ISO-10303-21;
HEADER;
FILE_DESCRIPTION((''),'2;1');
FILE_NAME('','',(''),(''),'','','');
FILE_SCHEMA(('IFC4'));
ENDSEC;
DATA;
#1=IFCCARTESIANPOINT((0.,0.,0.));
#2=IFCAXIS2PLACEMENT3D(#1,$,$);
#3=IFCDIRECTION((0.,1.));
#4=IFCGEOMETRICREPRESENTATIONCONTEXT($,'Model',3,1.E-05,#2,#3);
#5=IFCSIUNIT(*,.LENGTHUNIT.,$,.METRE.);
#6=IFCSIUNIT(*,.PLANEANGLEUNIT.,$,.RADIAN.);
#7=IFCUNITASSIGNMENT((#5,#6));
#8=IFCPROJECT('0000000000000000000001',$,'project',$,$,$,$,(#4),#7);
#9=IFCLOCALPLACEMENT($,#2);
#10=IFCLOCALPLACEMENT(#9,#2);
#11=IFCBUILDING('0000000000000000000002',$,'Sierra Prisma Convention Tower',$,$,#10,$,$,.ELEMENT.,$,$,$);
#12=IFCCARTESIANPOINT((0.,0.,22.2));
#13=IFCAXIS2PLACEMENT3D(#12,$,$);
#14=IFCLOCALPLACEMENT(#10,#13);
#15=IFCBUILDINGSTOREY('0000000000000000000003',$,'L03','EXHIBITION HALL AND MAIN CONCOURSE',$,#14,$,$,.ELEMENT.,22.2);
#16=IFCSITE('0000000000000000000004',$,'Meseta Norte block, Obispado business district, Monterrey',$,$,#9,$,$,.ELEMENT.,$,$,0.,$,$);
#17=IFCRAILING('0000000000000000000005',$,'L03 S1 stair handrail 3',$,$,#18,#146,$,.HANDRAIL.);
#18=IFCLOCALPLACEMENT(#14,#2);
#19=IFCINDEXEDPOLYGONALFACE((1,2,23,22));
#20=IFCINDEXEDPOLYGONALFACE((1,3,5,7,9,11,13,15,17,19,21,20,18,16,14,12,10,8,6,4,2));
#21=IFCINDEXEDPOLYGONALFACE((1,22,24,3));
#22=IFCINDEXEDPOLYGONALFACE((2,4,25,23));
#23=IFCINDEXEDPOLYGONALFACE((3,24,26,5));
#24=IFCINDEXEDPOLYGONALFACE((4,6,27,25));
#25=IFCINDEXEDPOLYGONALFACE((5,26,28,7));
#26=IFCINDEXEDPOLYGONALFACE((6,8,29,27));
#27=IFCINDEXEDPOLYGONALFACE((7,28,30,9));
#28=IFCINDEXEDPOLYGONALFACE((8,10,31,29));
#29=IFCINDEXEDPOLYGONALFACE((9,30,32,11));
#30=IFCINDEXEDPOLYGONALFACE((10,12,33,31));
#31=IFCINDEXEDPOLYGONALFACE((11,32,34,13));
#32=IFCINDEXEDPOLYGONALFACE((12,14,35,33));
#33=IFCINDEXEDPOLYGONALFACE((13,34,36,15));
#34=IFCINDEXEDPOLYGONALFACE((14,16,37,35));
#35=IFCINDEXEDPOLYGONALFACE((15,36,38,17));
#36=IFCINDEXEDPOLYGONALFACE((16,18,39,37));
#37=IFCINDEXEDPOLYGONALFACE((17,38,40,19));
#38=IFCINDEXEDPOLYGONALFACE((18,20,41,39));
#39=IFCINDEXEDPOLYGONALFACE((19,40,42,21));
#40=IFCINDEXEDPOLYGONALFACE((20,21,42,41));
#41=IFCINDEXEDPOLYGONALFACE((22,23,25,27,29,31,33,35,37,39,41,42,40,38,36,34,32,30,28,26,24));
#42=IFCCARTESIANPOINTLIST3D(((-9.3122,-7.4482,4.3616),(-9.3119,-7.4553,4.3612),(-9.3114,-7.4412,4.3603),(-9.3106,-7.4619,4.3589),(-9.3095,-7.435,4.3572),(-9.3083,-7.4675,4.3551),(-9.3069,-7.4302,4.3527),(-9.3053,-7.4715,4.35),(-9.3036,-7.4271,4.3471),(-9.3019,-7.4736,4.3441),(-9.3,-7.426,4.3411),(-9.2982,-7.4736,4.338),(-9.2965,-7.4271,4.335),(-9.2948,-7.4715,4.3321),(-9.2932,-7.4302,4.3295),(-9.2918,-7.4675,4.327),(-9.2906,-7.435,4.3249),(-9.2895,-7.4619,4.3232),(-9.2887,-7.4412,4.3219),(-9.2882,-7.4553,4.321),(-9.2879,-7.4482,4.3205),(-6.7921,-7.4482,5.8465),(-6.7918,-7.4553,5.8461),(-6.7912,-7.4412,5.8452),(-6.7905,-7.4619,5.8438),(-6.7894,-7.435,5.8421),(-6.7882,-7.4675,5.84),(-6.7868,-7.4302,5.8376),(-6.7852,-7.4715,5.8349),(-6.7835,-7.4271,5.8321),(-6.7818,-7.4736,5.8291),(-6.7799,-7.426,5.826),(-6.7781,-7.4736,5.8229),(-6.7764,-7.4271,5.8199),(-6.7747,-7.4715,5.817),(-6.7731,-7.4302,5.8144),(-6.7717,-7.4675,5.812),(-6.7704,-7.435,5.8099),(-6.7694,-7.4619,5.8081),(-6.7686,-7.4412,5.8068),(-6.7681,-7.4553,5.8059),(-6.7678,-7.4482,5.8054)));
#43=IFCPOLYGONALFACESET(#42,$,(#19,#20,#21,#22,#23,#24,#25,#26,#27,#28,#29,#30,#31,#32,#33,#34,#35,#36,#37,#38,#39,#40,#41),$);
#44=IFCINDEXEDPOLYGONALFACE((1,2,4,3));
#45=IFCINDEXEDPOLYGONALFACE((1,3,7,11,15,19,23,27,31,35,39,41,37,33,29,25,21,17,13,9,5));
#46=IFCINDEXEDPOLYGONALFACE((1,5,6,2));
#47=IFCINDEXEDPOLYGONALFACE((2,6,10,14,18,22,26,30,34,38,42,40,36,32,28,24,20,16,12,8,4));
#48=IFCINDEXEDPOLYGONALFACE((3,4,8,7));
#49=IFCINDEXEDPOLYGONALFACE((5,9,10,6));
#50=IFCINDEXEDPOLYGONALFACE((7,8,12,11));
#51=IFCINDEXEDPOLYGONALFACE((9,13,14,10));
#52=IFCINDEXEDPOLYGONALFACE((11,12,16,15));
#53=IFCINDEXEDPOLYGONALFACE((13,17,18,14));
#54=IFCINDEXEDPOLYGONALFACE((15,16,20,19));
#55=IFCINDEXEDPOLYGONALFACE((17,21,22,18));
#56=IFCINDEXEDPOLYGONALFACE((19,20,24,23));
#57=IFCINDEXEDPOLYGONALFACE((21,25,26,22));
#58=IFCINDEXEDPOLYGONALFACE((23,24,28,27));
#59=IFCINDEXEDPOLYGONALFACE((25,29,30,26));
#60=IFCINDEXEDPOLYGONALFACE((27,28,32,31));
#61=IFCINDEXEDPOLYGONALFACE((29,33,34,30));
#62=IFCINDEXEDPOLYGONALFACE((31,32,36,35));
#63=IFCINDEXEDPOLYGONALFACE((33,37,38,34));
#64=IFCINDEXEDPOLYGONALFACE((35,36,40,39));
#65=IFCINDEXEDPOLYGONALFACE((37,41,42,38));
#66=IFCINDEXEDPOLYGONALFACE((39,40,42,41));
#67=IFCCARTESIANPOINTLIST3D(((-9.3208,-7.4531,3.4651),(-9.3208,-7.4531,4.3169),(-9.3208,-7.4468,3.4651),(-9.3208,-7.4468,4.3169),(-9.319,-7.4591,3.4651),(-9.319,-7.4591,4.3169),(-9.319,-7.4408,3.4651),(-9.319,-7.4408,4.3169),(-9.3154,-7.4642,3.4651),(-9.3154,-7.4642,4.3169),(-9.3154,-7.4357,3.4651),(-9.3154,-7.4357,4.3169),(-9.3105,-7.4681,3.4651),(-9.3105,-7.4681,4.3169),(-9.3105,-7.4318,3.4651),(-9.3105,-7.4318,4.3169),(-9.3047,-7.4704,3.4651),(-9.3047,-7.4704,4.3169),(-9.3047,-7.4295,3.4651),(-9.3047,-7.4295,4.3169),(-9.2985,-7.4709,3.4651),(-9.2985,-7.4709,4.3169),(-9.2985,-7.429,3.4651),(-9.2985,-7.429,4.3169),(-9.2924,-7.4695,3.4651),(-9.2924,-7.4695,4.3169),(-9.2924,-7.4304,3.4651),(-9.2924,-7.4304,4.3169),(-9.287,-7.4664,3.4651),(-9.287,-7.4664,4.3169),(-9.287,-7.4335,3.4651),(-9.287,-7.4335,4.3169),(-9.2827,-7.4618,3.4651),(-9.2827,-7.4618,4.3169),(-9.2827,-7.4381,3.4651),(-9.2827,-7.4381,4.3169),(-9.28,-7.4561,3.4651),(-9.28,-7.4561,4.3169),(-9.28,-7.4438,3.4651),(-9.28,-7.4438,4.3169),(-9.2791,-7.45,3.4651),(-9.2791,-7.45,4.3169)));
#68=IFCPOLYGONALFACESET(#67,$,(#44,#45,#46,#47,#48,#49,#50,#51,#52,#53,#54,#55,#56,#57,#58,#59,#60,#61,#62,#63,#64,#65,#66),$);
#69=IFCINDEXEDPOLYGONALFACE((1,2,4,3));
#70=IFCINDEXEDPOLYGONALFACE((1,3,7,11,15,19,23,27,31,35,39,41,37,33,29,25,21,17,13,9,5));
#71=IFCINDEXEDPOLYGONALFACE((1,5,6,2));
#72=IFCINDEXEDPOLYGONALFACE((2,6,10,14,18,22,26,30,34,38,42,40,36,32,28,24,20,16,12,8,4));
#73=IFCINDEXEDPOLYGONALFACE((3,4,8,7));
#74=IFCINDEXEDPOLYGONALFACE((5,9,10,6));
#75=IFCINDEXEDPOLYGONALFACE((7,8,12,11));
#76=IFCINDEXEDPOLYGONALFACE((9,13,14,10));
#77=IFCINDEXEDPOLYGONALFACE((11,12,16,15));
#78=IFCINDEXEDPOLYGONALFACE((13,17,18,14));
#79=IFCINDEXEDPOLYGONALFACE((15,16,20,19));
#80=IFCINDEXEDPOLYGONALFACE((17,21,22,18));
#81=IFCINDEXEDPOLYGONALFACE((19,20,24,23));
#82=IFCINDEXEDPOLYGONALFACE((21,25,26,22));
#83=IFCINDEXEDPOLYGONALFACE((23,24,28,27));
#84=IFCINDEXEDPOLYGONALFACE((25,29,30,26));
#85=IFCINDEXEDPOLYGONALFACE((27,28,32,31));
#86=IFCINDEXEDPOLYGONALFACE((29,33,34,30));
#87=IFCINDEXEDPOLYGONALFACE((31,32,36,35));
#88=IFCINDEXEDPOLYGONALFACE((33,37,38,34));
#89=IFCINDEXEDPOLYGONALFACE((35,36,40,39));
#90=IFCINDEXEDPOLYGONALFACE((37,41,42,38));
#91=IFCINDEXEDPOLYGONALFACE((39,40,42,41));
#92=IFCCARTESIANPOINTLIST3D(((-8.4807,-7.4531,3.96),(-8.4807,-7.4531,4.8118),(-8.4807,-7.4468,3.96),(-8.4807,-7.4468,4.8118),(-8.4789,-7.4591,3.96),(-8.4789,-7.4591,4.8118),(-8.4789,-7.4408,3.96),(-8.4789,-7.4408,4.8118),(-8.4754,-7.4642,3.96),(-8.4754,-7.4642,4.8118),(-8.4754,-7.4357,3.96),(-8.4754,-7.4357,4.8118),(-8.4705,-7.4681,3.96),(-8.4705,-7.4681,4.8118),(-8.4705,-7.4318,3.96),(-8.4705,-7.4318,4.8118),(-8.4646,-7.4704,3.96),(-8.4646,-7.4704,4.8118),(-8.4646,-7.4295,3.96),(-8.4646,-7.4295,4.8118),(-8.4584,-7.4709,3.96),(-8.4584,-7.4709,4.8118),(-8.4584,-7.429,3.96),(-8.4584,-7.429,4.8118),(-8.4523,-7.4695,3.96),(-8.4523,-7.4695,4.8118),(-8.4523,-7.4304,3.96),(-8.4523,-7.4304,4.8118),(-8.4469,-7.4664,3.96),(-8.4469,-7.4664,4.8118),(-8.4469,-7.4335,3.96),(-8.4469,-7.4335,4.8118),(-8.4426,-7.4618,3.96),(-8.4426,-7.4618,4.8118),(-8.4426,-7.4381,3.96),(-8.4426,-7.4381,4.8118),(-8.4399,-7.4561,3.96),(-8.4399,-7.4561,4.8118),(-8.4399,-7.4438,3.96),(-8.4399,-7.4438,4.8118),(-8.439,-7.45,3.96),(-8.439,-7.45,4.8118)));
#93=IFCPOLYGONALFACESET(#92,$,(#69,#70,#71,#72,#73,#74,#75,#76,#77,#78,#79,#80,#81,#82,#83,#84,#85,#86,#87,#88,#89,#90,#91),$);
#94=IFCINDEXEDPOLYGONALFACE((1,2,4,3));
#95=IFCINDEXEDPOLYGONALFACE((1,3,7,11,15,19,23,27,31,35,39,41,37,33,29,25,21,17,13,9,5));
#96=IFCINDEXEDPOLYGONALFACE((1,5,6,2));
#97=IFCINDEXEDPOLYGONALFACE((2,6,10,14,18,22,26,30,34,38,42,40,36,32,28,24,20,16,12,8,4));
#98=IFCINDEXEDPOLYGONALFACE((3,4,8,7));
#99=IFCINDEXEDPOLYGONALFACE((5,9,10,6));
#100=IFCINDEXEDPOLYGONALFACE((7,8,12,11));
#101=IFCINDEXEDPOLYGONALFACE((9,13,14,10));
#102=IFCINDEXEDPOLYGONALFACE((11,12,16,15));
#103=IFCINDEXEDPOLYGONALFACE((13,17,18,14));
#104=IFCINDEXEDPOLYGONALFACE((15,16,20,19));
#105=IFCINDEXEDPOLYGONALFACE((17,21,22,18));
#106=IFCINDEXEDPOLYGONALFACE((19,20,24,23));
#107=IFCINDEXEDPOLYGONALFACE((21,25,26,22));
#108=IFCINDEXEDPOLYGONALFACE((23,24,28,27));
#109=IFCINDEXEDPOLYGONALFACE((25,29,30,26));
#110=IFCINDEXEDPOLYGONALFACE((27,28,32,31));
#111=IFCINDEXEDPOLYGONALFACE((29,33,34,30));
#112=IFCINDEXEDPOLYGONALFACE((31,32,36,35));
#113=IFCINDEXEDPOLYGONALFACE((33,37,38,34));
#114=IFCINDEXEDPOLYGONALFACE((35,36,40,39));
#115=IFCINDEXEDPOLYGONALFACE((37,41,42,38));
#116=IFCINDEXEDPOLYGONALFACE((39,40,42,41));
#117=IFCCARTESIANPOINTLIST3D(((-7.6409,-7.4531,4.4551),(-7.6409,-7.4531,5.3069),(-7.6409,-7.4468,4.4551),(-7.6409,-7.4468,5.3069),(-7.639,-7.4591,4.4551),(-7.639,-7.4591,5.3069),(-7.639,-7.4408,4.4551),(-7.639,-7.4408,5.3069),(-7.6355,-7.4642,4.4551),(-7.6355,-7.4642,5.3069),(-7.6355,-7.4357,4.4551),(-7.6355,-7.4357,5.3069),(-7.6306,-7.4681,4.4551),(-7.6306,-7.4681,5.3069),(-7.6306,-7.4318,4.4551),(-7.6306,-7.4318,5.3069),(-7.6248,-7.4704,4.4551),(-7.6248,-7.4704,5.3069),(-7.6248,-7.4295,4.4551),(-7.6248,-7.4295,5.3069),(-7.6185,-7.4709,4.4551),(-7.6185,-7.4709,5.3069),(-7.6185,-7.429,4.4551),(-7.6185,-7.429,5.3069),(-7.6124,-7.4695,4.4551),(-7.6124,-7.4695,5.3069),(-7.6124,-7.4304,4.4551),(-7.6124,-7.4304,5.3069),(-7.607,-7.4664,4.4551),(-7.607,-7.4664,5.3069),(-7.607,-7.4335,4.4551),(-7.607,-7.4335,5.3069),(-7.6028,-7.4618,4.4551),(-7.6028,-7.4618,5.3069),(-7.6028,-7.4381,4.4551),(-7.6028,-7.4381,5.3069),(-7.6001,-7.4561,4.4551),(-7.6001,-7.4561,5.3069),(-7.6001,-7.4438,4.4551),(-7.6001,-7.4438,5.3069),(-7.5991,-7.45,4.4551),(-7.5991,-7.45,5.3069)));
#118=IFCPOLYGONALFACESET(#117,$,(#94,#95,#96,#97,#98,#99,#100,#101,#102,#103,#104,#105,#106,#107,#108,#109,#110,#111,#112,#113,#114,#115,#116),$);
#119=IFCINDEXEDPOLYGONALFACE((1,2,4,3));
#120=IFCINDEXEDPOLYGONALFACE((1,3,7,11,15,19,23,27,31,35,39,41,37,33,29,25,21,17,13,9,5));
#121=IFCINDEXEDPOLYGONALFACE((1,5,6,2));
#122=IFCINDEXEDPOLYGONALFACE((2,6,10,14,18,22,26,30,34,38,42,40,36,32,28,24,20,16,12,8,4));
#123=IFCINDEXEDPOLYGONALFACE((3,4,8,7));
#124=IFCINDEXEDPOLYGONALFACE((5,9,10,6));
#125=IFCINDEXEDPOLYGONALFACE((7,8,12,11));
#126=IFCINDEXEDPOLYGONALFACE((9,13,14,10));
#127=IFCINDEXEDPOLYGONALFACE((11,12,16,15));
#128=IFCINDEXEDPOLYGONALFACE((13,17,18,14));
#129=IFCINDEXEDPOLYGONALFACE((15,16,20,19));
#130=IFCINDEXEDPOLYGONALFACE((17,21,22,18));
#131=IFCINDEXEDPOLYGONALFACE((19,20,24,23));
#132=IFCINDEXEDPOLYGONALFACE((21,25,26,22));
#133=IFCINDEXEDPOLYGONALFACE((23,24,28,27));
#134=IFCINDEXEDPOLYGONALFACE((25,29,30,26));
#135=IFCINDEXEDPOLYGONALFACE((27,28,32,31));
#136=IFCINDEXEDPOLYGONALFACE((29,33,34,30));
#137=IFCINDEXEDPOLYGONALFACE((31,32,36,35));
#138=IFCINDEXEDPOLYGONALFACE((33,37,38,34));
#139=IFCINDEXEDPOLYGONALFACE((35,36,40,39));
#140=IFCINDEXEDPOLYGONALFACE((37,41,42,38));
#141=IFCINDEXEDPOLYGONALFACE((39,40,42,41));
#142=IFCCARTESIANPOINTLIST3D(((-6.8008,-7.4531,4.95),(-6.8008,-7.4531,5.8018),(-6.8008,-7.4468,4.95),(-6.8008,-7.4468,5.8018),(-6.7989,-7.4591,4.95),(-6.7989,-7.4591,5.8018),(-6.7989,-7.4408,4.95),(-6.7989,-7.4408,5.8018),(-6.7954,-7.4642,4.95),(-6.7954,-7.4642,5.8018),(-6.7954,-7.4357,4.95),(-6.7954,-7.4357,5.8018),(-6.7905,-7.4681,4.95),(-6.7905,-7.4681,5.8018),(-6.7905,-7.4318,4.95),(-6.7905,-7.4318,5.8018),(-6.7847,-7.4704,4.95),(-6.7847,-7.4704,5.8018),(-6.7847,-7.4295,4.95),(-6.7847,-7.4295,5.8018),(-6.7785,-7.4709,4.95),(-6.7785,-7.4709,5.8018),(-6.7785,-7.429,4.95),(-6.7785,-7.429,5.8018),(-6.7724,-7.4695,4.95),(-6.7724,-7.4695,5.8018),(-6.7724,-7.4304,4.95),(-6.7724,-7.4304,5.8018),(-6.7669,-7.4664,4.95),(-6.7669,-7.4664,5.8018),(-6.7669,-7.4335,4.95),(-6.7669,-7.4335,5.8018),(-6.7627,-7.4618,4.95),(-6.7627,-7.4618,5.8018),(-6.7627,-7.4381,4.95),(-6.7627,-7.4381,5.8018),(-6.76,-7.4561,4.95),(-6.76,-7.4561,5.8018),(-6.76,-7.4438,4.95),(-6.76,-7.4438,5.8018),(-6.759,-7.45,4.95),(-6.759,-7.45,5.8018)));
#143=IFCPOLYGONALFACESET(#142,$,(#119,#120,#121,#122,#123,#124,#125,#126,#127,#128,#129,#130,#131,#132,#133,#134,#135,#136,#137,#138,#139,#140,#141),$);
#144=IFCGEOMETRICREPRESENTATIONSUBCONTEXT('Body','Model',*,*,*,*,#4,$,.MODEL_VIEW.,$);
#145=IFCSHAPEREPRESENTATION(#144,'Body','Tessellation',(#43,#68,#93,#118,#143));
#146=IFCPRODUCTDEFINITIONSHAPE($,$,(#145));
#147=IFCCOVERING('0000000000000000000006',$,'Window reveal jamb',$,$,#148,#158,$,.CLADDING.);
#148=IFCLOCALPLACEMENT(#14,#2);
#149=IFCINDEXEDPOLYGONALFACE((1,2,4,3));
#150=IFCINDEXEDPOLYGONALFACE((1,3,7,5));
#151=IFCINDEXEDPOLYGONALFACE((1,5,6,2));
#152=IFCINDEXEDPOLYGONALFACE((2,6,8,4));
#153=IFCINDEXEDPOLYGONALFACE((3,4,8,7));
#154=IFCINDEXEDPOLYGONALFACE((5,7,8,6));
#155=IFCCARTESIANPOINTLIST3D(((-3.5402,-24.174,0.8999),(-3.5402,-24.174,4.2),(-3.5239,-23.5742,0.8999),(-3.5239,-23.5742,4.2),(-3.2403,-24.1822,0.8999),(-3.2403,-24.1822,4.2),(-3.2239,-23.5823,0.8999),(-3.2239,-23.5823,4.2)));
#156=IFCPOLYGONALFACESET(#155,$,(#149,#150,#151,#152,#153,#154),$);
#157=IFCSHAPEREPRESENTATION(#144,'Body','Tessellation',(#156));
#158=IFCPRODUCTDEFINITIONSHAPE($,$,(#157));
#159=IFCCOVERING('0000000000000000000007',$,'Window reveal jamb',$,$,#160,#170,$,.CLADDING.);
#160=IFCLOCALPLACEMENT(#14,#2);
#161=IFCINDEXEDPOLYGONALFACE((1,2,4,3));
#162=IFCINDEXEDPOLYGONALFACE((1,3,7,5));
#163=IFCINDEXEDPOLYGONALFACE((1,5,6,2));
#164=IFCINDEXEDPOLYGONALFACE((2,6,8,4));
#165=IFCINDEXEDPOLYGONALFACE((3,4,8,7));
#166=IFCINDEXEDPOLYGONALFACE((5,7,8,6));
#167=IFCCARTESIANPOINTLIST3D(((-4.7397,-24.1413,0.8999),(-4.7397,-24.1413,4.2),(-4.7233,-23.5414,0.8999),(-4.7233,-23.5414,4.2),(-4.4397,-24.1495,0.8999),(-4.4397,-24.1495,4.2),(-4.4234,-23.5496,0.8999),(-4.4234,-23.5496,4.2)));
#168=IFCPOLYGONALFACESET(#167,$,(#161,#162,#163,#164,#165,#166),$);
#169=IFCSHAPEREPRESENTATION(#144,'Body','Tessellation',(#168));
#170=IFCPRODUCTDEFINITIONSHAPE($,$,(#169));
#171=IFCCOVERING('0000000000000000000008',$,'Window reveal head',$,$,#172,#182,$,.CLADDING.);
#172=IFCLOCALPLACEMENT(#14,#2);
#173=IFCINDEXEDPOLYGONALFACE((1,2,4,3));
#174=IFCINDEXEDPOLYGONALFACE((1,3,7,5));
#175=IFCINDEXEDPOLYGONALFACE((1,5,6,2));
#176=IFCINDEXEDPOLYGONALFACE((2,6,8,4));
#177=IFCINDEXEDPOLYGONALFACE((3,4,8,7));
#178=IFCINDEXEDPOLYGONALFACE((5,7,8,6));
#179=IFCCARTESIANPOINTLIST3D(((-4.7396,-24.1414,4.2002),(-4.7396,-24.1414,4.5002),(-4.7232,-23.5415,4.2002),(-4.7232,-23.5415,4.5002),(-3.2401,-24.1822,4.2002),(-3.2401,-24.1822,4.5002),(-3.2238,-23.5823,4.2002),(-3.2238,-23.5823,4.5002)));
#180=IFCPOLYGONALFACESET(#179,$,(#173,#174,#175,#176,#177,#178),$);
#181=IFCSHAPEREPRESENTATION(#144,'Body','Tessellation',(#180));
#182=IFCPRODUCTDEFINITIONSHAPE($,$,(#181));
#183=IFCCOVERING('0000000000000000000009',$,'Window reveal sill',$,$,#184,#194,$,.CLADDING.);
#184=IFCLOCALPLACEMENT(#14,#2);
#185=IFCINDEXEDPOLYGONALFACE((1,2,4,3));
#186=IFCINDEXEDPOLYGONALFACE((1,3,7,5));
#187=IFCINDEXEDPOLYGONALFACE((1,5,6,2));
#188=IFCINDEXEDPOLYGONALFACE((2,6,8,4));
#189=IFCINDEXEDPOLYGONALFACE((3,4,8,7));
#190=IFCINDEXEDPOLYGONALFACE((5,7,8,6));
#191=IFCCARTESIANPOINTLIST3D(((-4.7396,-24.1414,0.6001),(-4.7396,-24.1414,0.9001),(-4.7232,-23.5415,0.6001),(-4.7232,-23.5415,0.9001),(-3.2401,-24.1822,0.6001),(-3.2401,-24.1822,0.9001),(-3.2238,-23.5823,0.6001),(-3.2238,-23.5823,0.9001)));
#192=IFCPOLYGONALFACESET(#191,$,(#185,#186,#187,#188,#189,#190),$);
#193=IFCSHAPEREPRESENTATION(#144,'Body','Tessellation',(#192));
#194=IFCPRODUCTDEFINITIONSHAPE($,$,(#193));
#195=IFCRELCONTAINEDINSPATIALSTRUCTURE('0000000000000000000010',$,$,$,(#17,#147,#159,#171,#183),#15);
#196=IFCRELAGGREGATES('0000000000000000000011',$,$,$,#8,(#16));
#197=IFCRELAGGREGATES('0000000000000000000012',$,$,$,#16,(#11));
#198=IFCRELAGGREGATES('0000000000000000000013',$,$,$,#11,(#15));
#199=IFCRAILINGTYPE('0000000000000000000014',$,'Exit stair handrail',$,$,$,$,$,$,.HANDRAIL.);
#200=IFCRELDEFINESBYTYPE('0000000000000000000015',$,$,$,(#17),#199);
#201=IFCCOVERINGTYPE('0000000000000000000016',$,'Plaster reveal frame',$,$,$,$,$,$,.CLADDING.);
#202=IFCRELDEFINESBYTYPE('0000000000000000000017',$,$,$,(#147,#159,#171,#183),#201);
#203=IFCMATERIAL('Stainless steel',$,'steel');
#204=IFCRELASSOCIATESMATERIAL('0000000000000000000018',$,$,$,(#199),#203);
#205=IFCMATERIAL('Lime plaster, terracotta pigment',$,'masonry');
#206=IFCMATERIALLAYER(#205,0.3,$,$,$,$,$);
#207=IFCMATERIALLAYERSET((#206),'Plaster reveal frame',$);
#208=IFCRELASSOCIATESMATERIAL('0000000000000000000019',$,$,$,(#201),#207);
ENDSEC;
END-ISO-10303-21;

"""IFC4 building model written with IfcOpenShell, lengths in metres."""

from ifc_helpers import new_model, si_unit, direction, frame, origin, origin_2d, place, context, subcontext, project, spatial, rectangle, circle, extrude, material, layer, layer_set, type_object, element, save


model = new_model("IFC4")

# Units and contexts
model_context = context("Model", 3, precision=1e-05, world=origin(), true_north=direction((0.0, 1.0)))
body_context = subcontext(model_context, "Body", "Model", "MODEL_VIEW")
ifc_project = project(units=[si_unit("LENGTHUNIT", "METRE"), si_unit("PLANEANGLEUNIT", "RADIAN")], contexts=[model_context])

# Site, building, storey
site_placement = place(None, origin())
site = spatial("IfcSite", under=ifc_project, at=site_placement, Name="Meseta Norte block, Obispado business district, Monterrey", CompositionType="ELEMENT", RefElevation=0.0)
building_placement = place(site_placement, origin())
building = spatial("IfcBuilding", under=site, at=building_placement, Name="Sierra Prisma Convention Tower", CompositionType="ELEMENT")
storey_placement = place(building_placement, frame((0.0, 0.0, 22.2)))
storey = spatial("IfcBuildingStorey", under=building, at=storey_placement, Name="L03", Description="EXHIBITION HALL AND MAIN CONCOURSE", CompositionType="ELEMENT", Elevation=22.2)

# Railing
ifc_material_1 = material(Name="Stainless steel", Category="steel")
railing_type_1 = type_object("IfcRailingType", Name="Exit stair handrail", PredefinedType="HANDRAIL", material=ifc_material_1)
railing_1_placement = place(storey_placement, frame((-9.3, -7.45, 3.4651)))
element("IfcRailing", 1, at=railing_1_placement, inside=storey, type_object=railing_type_1, Name="L03 S1 stair handrail 3", PredefinedType="HANDRAIL", context=body_context, shape_type="SweptSolid", body=[
    extrude(circle(Radius=0.0239, at=origin_2d()), frame((0.0, 0.0, 0.876), z_axis=(0.861561, 0.0, 0.507655), x_axis=(0.0, 1.0, 0.0)), (0.0, 0.0, 1.0), 2.925),
    extrude(circle(Radius=0.021, at=origin_2d()), origin(), (0.0, 0.0, 1.0), 0.8518),
    extrude(circle(Radius=0.021, at=origin_2d()), frame((0.8401, 0.0, 0.4949)), (0.0, 0.0, 1.0), 0.8518),
    extrude(circle(Radius=0.021, at=origin_2d()), frame((1.6799, 0.0, 0.99)), (0.0, 0.0, 1.0), 0.8518),
    extrude(circle(Radius=0.021, at=origin_2d()), frame((2.52, 0.0, 1.4849)), (0.0, 0.0, 1.0), 0.8518),
])

# Coverings
ifc_material_2 = material(Name="Lime plaster, terracotta pigment", Category="masonry")
ifc_layer_1 = layer(ifc_material_2, 0.3)
ifc_layer_set_1 = layer_set([ifc_layer_1], Name="Plaster reveal frame")
covering_type = type_object("IfcCoveringType", Name="Plaster reveal frame", PredefinedType="CLADDING", material=ifc_layer_set_1)
for number, where, z_axis, x_axis, name in (
    (2, (-3.3821, -23.8782, 0.8999), (0.0, 0.0, 1.0), (-0.99963, 0.027203, 0.0), "Window reveal jamb"),
    (3, (-4.5815, -23.8455, 0.8999), (0.0, 0.0, 1.0), (-0.99963, 0.027203, 0.0), "Window reveal jamb"),
):
    element("IfcCovering", number, at=place(storey_placement, frame(where, z_axis=z_axis, x_axis=x_axis)), inside=storey, type_object=covering_type, Name=name, PredefinedType="CLADDING", context=body_context, shape_type="SweptSolid", body=[
        extrude(rectangle(XDim=0.3, YDim=0.6001, at=origin_2d()), origin(), (0.0, 0.0, 1.0), 3.3),
    ])
for number, where, z_axis, x_axis, name in (
    (4, (-3.9817, -23.8618, 4.2002), (0.0, 0.0, 1.0), (-0.99963, 0.027203, 0.0), "Window reveal head"),
    (5, (-3.9817, -23.8618, 0.6001), (0.0, 0.0, 1.0), (-0.99963, 0.027203, 0.0), "Window reveal sill"),
):
    element("IfcCovering", number, at=place(storey_placement, frame(where, z_axis=z_axis, x_axis=x_axis)), inside=storey, type_object=covering_type, Name=name, PredefinedType="CLADDING", context=body_context, shape_type="SweptSolid", body=[
        extrude(rectangle(XDim=1.5, YDim=0.6001, at=origin_2d()), origin(), (0.0, 0.0, 1.0), 0.3),
    ])

save(model, "model.ifc")
